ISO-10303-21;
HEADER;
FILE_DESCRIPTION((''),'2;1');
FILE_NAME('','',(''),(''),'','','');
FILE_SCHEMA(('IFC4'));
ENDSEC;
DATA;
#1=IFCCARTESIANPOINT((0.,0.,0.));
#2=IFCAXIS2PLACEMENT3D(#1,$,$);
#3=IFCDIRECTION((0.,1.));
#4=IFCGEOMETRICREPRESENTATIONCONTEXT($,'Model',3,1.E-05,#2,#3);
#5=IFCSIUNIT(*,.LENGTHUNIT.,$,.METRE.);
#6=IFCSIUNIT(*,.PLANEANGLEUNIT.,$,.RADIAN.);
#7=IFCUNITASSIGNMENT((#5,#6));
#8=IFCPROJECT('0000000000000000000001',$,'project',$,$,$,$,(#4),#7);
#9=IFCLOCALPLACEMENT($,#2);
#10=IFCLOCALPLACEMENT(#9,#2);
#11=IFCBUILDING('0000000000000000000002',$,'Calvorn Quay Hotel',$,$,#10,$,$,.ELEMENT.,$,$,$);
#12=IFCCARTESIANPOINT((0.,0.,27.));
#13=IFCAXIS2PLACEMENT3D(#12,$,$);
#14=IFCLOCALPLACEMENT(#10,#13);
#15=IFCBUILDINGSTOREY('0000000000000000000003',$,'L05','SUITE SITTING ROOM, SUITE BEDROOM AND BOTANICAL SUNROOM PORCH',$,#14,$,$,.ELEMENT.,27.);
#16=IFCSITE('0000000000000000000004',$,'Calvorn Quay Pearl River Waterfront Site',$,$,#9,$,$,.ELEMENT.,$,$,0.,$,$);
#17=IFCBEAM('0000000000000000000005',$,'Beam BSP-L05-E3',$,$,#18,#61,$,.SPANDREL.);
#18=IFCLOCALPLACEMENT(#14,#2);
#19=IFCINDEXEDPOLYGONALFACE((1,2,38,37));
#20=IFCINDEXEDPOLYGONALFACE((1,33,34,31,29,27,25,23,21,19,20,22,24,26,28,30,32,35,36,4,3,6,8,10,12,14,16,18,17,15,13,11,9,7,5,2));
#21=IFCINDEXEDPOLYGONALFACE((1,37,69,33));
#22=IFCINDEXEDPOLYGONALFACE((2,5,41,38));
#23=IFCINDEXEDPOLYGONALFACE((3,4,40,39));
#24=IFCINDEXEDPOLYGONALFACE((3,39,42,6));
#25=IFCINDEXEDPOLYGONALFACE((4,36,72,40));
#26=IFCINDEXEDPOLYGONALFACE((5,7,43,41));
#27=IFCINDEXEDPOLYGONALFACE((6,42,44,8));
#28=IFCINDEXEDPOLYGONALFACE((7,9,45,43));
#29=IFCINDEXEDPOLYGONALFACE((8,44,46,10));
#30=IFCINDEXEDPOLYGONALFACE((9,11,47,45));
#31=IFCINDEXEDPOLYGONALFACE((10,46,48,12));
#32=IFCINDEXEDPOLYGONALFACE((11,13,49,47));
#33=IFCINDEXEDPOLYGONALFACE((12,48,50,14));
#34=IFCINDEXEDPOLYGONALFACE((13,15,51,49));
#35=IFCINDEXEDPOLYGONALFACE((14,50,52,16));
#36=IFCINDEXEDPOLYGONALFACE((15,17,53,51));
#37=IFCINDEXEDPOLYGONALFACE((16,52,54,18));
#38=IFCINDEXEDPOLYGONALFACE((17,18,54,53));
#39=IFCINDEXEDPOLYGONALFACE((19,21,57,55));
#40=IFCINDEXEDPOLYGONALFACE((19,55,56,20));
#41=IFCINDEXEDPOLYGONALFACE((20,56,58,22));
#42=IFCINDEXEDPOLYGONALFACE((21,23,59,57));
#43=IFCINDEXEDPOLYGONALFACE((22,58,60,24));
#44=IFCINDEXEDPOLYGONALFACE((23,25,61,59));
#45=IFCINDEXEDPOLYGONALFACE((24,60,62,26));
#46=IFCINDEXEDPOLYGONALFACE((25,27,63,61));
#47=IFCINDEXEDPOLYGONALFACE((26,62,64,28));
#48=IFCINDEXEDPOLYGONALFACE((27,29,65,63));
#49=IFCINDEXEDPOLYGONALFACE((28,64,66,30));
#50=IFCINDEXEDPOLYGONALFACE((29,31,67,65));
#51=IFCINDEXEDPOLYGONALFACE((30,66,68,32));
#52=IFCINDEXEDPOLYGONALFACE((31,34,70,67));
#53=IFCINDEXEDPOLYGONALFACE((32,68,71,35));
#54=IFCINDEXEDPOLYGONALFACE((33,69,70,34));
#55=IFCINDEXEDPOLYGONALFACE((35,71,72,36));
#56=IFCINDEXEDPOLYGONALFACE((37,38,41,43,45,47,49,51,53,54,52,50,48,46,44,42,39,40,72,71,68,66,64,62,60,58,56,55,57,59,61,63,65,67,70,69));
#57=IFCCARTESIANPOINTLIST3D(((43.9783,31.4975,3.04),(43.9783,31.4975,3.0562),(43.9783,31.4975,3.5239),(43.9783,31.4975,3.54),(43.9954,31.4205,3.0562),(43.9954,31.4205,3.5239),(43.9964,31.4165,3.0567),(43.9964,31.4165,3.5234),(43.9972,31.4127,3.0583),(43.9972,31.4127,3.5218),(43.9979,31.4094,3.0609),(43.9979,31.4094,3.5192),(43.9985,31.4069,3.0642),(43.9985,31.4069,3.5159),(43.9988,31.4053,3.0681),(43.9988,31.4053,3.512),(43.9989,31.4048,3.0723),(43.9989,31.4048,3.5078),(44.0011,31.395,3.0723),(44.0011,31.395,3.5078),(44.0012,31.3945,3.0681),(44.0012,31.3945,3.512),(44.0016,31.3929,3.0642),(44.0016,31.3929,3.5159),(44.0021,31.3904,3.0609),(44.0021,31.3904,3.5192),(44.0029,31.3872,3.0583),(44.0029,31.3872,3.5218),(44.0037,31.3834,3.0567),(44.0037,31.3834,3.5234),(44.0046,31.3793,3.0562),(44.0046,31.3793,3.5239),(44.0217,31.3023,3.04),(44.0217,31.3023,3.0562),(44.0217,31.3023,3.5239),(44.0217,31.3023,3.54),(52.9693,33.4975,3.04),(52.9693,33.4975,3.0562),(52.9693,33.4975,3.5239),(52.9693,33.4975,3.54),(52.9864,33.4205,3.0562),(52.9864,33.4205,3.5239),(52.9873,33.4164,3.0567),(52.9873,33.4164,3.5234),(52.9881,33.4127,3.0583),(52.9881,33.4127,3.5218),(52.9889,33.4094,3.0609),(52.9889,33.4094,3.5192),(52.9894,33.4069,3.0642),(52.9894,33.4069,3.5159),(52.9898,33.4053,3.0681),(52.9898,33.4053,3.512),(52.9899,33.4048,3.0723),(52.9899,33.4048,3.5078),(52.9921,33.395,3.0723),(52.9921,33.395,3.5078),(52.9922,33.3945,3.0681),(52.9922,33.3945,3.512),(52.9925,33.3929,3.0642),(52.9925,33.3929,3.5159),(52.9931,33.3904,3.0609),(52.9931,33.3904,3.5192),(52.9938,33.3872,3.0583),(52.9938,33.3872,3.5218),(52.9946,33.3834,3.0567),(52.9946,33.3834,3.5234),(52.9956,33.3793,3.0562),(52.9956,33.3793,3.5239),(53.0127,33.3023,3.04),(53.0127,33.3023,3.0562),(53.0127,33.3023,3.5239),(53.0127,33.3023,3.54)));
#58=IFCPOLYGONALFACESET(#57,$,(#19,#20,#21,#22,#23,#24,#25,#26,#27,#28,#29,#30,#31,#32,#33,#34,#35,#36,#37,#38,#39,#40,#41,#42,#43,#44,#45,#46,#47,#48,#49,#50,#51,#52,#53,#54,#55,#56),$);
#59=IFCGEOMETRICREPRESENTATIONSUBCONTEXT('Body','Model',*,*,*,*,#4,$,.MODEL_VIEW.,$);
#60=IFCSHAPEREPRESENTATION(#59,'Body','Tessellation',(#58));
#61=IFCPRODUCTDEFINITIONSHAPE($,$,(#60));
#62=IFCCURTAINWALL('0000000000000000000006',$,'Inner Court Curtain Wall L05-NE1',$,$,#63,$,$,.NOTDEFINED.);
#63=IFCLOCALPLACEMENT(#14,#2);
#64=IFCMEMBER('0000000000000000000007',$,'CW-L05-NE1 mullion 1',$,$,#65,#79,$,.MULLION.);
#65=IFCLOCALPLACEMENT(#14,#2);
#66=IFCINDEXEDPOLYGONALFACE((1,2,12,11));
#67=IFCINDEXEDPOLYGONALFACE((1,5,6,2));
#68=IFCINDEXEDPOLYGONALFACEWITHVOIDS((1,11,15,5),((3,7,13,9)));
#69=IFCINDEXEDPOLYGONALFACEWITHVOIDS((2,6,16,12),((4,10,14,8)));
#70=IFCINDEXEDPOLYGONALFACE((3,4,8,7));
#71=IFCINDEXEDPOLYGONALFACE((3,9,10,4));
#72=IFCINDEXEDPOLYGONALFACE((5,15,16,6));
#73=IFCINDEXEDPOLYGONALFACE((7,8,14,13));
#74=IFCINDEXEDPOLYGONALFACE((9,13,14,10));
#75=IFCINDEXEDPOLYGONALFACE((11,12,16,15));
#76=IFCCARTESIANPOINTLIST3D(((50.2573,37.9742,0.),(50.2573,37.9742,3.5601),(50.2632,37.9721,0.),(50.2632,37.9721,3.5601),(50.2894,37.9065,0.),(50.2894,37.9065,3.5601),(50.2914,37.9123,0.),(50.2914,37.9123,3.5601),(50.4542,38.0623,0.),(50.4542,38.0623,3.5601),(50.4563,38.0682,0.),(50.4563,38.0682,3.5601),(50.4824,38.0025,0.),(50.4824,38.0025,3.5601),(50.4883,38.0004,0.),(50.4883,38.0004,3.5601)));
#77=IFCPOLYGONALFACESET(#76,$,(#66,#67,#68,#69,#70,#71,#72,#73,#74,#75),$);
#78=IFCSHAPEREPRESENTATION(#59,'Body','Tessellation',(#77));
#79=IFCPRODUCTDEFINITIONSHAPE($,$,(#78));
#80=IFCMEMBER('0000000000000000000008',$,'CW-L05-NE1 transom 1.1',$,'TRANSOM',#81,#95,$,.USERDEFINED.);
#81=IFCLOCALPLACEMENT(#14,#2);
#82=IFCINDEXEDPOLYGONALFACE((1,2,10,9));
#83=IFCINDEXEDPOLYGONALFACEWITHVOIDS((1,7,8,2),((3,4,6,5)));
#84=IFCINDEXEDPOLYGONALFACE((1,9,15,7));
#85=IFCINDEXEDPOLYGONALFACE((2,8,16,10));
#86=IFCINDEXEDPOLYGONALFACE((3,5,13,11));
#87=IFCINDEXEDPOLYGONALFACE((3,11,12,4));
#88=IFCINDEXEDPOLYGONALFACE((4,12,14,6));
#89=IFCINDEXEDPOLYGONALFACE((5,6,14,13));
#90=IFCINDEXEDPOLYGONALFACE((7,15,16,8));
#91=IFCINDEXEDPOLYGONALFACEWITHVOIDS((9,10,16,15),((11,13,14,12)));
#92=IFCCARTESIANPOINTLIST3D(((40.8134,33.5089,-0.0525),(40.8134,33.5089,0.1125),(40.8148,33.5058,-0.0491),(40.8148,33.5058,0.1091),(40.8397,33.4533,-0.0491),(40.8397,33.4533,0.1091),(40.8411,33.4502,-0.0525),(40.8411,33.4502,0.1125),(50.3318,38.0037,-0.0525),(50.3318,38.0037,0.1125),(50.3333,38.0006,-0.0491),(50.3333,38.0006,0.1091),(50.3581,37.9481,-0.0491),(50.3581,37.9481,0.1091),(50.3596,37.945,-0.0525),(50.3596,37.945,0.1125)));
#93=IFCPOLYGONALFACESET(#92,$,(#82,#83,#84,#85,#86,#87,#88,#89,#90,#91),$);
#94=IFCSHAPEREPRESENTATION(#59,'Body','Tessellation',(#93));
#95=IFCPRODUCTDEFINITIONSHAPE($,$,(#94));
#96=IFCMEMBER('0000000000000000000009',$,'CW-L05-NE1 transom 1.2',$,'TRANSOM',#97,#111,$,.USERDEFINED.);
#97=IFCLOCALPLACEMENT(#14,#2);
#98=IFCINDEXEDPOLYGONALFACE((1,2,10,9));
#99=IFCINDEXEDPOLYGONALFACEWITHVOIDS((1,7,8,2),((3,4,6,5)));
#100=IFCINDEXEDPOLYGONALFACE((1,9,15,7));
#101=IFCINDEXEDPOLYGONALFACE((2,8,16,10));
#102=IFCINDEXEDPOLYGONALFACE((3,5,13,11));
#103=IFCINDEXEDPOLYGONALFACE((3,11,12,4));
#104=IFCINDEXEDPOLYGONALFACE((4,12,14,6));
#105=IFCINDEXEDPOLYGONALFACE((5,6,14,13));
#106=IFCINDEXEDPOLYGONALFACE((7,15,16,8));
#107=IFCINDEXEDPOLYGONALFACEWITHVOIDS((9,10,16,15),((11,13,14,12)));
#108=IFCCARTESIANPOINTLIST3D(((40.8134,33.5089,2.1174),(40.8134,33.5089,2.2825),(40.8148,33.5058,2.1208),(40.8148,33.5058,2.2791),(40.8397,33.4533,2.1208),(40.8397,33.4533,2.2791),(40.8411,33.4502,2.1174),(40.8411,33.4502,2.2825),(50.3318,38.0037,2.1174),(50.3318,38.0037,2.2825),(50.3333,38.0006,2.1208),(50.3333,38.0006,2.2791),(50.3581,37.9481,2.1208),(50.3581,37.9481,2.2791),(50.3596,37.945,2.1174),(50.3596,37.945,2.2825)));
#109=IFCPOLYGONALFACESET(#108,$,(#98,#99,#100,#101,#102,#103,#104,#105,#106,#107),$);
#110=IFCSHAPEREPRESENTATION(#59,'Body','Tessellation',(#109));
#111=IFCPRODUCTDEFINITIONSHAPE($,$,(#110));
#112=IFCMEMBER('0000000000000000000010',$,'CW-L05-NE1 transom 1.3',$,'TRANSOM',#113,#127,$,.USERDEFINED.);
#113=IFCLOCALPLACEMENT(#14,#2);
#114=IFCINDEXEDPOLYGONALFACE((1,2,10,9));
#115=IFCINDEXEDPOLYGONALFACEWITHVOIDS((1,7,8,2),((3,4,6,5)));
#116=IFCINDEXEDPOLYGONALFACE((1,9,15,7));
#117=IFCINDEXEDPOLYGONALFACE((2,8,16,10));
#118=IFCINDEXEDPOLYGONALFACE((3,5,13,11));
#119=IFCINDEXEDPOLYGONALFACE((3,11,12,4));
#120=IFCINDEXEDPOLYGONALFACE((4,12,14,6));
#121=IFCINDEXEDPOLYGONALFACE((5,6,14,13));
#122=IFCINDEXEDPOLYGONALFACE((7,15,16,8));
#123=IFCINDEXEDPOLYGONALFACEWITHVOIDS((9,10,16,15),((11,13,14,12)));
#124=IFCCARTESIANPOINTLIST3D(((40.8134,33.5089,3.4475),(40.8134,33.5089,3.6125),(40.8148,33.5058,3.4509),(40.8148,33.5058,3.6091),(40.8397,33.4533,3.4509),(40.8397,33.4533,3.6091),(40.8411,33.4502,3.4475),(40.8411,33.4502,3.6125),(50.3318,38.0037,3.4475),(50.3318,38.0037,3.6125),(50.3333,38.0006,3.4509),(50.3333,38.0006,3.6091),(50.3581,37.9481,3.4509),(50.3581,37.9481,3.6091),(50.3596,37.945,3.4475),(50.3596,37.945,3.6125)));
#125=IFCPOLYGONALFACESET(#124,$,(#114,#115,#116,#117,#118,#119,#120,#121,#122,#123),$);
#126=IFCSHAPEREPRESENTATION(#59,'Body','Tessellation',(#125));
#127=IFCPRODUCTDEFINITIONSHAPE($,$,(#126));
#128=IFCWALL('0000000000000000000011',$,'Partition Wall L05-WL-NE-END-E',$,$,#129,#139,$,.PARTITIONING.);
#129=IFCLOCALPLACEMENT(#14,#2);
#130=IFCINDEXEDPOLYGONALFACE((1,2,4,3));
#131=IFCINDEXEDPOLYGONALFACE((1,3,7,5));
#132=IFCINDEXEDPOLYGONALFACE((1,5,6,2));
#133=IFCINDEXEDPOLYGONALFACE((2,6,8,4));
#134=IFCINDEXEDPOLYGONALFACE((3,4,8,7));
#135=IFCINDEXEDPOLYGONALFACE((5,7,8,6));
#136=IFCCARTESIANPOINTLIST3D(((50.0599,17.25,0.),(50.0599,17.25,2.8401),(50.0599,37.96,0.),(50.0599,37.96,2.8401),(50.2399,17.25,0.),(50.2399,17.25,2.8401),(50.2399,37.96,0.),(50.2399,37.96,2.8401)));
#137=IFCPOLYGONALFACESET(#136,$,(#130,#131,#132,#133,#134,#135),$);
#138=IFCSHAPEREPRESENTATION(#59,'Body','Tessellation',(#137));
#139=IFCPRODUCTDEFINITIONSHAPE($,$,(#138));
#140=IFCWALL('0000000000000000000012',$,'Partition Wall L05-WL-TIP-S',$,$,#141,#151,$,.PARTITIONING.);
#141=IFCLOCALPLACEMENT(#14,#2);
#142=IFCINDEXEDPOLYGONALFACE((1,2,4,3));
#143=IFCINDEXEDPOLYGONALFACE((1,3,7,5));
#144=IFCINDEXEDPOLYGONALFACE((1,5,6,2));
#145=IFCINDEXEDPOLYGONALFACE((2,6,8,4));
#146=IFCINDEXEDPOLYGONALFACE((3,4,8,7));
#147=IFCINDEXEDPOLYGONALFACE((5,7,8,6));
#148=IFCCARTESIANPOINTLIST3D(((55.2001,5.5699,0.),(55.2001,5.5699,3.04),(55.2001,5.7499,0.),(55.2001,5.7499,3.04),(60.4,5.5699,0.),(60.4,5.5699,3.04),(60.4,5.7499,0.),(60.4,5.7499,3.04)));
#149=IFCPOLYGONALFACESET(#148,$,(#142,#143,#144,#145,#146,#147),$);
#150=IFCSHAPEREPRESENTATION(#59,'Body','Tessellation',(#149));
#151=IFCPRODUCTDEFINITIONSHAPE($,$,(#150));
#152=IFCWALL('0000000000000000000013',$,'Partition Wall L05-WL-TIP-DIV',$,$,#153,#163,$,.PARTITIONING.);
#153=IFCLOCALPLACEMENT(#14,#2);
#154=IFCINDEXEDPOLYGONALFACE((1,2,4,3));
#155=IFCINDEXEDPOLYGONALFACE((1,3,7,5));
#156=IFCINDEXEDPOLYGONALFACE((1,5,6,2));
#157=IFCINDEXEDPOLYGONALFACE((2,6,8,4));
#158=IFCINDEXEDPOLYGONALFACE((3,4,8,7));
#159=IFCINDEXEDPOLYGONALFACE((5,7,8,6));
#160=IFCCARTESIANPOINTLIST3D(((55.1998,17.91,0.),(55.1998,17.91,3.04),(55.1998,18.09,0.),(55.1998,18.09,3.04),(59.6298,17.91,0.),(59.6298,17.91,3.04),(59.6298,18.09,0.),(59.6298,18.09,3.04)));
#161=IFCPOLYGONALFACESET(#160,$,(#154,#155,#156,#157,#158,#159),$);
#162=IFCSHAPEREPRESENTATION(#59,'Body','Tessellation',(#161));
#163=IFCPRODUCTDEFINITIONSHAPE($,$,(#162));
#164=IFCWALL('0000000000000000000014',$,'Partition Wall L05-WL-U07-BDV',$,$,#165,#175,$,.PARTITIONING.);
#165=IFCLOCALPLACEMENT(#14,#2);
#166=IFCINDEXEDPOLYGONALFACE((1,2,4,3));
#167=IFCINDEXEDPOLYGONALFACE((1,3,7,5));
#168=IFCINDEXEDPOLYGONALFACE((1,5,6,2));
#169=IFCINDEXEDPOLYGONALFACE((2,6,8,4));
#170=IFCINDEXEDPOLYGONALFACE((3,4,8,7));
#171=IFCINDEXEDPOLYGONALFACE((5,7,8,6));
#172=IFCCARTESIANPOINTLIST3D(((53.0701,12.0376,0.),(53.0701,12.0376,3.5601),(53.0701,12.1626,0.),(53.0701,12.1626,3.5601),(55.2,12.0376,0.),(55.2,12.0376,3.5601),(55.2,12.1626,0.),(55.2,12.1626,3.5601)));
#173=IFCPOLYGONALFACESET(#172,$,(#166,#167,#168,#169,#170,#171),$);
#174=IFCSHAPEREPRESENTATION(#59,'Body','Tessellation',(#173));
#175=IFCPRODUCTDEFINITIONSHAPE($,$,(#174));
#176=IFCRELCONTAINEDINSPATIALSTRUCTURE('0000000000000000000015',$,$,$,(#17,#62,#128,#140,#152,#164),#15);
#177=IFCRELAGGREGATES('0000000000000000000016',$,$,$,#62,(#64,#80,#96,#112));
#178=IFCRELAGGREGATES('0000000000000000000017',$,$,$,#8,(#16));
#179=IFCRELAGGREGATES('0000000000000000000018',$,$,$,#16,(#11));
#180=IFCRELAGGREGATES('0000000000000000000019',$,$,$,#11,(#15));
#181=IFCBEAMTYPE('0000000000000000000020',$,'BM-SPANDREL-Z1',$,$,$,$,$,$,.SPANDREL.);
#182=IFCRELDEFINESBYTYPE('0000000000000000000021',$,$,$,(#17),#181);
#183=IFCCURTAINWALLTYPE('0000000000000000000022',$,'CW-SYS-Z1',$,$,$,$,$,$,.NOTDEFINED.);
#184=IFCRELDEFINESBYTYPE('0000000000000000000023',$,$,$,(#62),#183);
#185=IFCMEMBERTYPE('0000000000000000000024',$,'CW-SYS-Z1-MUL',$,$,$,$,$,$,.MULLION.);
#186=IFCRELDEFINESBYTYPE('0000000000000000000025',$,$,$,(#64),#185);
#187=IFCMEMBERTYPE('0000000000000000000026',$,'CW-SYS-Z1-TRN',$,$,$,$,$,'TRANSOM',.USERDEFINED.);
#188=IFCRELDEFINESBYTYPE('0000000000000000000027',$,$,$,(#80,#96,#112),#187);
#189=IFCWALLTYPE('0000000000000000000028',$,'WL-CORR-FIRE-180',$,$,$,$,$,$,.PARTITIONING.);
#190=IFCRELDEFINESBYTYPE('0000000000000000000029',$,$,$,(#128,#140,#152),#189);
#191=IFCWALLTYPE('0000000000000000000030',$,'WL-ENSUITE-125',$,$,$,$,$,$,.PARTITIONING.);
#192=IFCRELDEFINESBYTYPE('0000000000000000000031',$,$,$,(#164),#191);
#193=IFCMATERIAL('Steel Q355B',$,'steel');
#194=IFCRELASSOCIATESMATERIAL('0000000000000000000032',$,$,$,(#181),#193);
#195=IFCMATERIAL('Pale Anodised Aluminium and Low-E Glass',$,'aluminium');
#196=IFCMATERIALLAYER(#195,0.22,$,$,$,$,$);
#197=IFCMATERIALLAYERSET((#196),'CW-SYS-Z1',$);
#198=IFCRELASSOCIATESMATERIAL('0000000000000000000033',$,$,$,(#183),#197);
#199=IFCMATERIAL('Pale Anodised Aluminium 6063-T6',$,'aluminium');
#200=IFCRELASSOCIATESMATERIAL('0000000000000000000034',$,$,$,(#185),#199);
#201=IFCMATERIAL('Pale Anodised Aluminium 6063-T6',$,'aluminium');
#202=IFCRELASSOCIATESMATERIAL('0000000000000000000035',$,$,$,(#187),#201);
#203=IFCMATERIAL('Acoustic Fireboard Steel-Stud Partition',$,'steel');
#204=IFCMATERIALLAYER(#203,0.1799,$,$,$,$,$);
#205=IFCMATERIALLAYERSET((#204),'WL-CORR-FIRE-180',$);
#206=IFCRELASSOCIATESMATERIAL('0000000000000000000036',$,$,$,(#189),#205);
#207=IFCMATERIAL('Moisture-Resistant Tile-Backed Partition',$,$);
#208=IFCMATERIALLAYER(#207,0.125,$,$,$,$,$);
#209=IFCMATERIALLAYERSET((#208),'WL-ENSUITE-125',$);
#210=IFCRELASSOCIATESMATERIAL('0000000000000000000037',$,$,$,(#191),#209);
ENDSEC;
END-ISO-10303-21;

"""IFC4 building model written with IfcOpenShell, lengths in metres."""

from ifc_helpers import new_model, si_unit, direction, frame, frame_2d, origin, origin_2d, place, context, subcontext, project, spatial, rectangle, hollow_rectangle, i_section, extrude, material, layer, layer_set, material_profile, profile_set, type_object, element, aggregate, save


model = new_model("IFC4")

# Units and contexts
model_context = context("Model", 3, precision=1e-05, world=origin(), true_north=direction((0.0, 1.0)))
body_context = subcontext(model_context, "Body", "Model", "MODEL_VIEW")
ifc_project = project(units=[si_unit("LENGTHUNIT", "METRE"), si_unit("PLANEANGLEUNIT", "RADIAN")], contexts=[model_context])

# Site, building, storey
site_placement = place(None, origin())
site = spatial("IfcSite", under=ifc_project, at=site_placement, Name="Calvorn Quay Pearl River Waterfront Site", CompositionType="ELEMENT", RefElevation=0.0)
building_placement = place(site_placement, origin())
building = spatial("IfcBuilding", under=site, at=building_placement, Name="Calvorn Quay Hotel", CompositionType="ELEMENT")
storey_placement = place(building_placement, frame((0.0, 0.0, 27.0)))
storey = spatial("IfcBuildingStorey", under=building, at=storey_placement, Name="L05", Description="SUITE SITTING ROOM, SUITE BEDROOM AND BOTANICAL SUNROOM PORCH", CompositionType="ELEMENT", Elevation=27.0)

# Beam
ifc_material_1 = material(Name="Steel Q355B", Category="steel")
ifc_material_profile_1 = material_profile(ifc_material_1, i_section(OverallWidth=0.2, OverallDepth=0.5, WebThickness=0.01, FlangeThickness=0.0161, FilletRadius=0.0161, at=origin_2d()), Name="HN500x200x10x16")
ifc_profile_set_1 = profile_set([ifc_material_profile_1], Name="Steel Q355B")
beam_type_1 = type_object("IfcBeamType", Name="BM-SPANDREL-Z1", PredefinedType="SPANDREL", material=ifc_profile_set_1)
beam_1_placement = place(storey_placement, frame((52.991, 33.3999, 3.29), z_axis=(-0.976141, -0.217138, 0.0), x_axis=(0.217138, -0.976141, 0.0)))
element("IfcBeam", 1, at=beam_1_placement, inside=storey, type_object=beam_type_1, Name="Beam BSP-L05-E3", PredefinedType="SPANDREL", context=body_context, shape_type="SweptSolid", body=[
    extrude(i_section(OverallWidth=0.2, OverallDepth=0.5, WebThickness=0.01, FlangeThickness=0.0161, FilletRadius=0.0161, at=origin_2d()), origin(), (0.0, 0.0, 1.0), 9.2107),
])

# Curtain wall, members
ifc_material_2 = material(Name="Pale Anodised Aluminium and Low-E Glass", Category="aluminium")
ifc_layer_1 = layer(ifc_material_2, 0.22)
ifc_layer_set_1 = layer_set([ifc_layer_1], Name="CW-SYS-Z1")
curtain_wall_type = type_object("IfcCurtainWallType", Name="CW-SYS-Z1", PredefinedType="NOTDEFINED", material=ifc_layer_set_1)
curtain_wall_placement = place(storey_placement, origin())
curtain_wall = element("IfcCurtainWall", 2, at=curtain_wall_placement, inside=storey, type_object=curtain_wall_type, Name="Inner Court Curtain Wall L05-NE1", PredefinedType="NOTDEFINED")
ifc_material_3 = material(Name="Pale Anodised Aluminium 6063-T6", Category="aluminium")
ifc_material_profile_2 = material_profile(ifc_material_3, hollow_rectangle(XDim=0.075, YDim=0.22, WallThickness=0.0044, at=origin_2d()), Name="ALU-M220x75x4.5")
ifc_profile_set_2 = profile_set([ifc_material_profile_2], Name="Pale Anodised Aluminium 6063-T6")
member_type_1 = type_object("IfcMemberType", Name="CW-SYS-Z1-MUL", PredefinedType="MULLION", material=ifc_profile_set_2)
member_1_placement = place(storey_placement, frame((50.3728, 37.9873, 0.0), z_axis=(0.0, 0.0, 1.0), x_axis=(0.427006, -0.904249, 0.0)))
member_1 = element("IfcMember", 3, at=member_1_placement, type_object=member_type_1, Name="CW-L05-NE1 mullion 1", PredefinedType="MULLION", context=body_context, shape_type="SweptSolid", body=[
    extrude(hollow_rectangle(XDim=0.075, YDim=0.22, WallThickness=0.0044, at=origin_2d()), origin(), (0.0, 0.0, 1.0), 3.5601),
])
ifc_material_4 = material(Name="Pale Anodised Aluminium 6063-T6", Category="aluminium")
ifc_material_profile_3 = material_profile(ifc_material_4, hollow_rectangle(XDim=0.0649, YDim=0.165, WallThickness=0.0034, at=origin_2d()), Name="ALU-T165x65x3.5")
ifc_profile_set_3 = profile_set([ifc_material_profile_3], Name="Pale Anodised Aluminium 6063-T6")
member_type_2 = type_object("IfcMemberType", Name="CW-SYS-Z1-TRN", ElementType="TRANSOM", PredefinedType="USERDEFINED", material=ifc_profile_set_3)
member_2_placement = place(storey_placement, frame((50.3457, 37.9744, 0.03), z_axis=(-0.904249, -0.427006, 0.0), x_axis=(0.427006, -0.904249, 0.0)))
member_2 = element("IfcMember", 4, at=member_2_placement, type_object=member_type_2, Name="CW-L05-NE1 transom 1.1", ObjectType="TRANSOM", PredefinedType="USERDEFINED", context=body_context, shape_type="SweptSolid", body=[
    extrude(hollow_rectangle(XDim=0.0649, YDim=0.165, WallThickness=0.0034, at=origin_2d()), origin(), (0.0, 0.0, 1.0), 10.5264),
])
member_3_placement = place(storey_placement, frame((50.3457, 37.9744, 2.2), z_axis=(-0.904249, -0.427006, 0.0), x_axis=(0.427006, -0.904249, 0.0)))
member_3 = element("IfcMember", 5, at=member_3_placement, type_object=member_type_2, Name="CW-L05-NE1 transom 1.2", ObjectType="TRANSOM", PredefinedType="USERDEFINED", context=body_context, shape_type="SweptSolid", body=[
    extrude(hollow_rectangle(XDim=0.0649, YDim=0.165, WallThickness=0.0034, at=origin_2d()), origin(), (0.0, 0.0, 1.0), 10.5264),
])
member_4_placement = place(storey_placement, frame((50.3457, 37.9744, 3.53), z_axis=(-0.904249, -0.427006, 0.0), x_axis=(0.427006, -0.904249, 0.0)))
member_4 = element("IfcMember", 6, at=member_4_placement, type_object=member_type_2, Name="CW-L05-NE1 transom 1.3", ObjectType="TRANSOM", PredefinedType="USERDEFINED", context=body_context, shape_type="SweptSolid", body=[
    extrude(hollow_rectangle(XDim=0.0649, YDim=0.165, WallThickness=0.0034, at=origin_2d()), origin(), (0.0, 0.0, 1.0), 10.5264),
])
aggregate(curtain_wall, [member_1, member_2, member_3, member_4])

# Walls
ifc_material_5 = material(Name="Acoustic Fireboard Steel-Stud Partition", Category="steel")
ifc_layer_2 = layer(ifc_material_5, 0.1799)
ifc_layer_set_2 = layer_set([ifc_layer_2], Name="WL-CORR-FIRE-180")
wall_type_1 = type_object("IfcWallType", Name="WL-CORR-FIRE-180", PredefinedType="PARTITIONING", material=ifc_layer_set_2)
wall_1_placement = place(storey_placement, frame((50.1499, 17.25, 0.0), z_axis=(0.0, 0.0, 1.0), x_axis=(0.0, 1.0, 0.0)))
element("IfcWall", 7, at=wall_1_placement, inside=storey, type_object=wall_type_1, Name="Partition Wall L05-WL-NE-END-E", PredefinedType="PARTITIONING", context=body_context, shape_type="SweptSolid", body=[
    extrude(rectangle(XDim=20.71, YDim=0.1799, at=frame_2d((10.355, 0.0))), origin(), (0.0, 0.0, 1.0), 2.8401),
])
wall_2_placement = place(storey_placement, frame((55.2, 5.6599, 0.0), z_axis=(0.0, 0.0, 1.0), x_axis=(1.0, 0.0, 0.0)))
element("IfcWall", 8, at=wall_2_placement, inside=storey, type_object=wall_type_1, Name="Partition Wall L05-WL-TIP-S", PredefinedType="PARTITIONING", context=body_context, shape_type="SweptSolid", body=[
    extrude(rectangle(XDim=5.2, YDim=0.1799, at=frame_2d((2.6001, 0.0))), origin(), (0.0, 0.0, 1.0), 3.04),
])
wall_3_placement = place(storey_placement, frame((55.2, 18.0, 0.0), z_axis=(0.0, 0.0, 1.0), x_axis=(1.0, 0.0, 0.0)))
element("IfcWall", 9, at=wall_3_placement, inside=storey, type_object=wall_type_1, Name="Partition Wall L05-WL-TIP-DIV", PredefinedType="PARTITIONING", context=body_context, shape_type="SweptSolid", body=[
    extrude(rectangle(XDim=4.4299, YDim=0.1799, at=frame_2d((2.2148, 0.0))), origin(), (0.0, 0.0, 1.0), 3.04),
])
ifc_material_6 = material(Name="Moisture-Resistant Tile-Backed Partition")
ifc_layer_3 = layer(ifc_material_6, 0.125)
ifc_layer_set_3 = layer_set([ifc_layer_3], Name="WL-ENSUITE-125")
wall_type_2 = type_object("IfcWallType", Name="WL-ENSUITE-125", PredefinedType="PARTITIONING", material=ifc_layer_set_3)
wall_4_placement = place(storey_placement, frame((53.0701, 12.1001, 0.0), z_axis=(0.0, 0.0, 1.0), x_axis=(1.0, 0.0, 0.0)))
element("IfcWall", 10, at=wall_4_placement, inside=storey, type_object=wall_type_2, Name="Partition Wall L05-WL-U07-BDV", PredefinedType="PARTITIONING", context=body_context, shape_type="SweptSolid", body=[
    extrude(rectangle(XDim=2.1299, YDim=0.125, at=frame_2d((1.0649, 0.0))), origin(), (0.0, 0.0, 1.0), 3.5601),
])

save(model, "model.ifc")
